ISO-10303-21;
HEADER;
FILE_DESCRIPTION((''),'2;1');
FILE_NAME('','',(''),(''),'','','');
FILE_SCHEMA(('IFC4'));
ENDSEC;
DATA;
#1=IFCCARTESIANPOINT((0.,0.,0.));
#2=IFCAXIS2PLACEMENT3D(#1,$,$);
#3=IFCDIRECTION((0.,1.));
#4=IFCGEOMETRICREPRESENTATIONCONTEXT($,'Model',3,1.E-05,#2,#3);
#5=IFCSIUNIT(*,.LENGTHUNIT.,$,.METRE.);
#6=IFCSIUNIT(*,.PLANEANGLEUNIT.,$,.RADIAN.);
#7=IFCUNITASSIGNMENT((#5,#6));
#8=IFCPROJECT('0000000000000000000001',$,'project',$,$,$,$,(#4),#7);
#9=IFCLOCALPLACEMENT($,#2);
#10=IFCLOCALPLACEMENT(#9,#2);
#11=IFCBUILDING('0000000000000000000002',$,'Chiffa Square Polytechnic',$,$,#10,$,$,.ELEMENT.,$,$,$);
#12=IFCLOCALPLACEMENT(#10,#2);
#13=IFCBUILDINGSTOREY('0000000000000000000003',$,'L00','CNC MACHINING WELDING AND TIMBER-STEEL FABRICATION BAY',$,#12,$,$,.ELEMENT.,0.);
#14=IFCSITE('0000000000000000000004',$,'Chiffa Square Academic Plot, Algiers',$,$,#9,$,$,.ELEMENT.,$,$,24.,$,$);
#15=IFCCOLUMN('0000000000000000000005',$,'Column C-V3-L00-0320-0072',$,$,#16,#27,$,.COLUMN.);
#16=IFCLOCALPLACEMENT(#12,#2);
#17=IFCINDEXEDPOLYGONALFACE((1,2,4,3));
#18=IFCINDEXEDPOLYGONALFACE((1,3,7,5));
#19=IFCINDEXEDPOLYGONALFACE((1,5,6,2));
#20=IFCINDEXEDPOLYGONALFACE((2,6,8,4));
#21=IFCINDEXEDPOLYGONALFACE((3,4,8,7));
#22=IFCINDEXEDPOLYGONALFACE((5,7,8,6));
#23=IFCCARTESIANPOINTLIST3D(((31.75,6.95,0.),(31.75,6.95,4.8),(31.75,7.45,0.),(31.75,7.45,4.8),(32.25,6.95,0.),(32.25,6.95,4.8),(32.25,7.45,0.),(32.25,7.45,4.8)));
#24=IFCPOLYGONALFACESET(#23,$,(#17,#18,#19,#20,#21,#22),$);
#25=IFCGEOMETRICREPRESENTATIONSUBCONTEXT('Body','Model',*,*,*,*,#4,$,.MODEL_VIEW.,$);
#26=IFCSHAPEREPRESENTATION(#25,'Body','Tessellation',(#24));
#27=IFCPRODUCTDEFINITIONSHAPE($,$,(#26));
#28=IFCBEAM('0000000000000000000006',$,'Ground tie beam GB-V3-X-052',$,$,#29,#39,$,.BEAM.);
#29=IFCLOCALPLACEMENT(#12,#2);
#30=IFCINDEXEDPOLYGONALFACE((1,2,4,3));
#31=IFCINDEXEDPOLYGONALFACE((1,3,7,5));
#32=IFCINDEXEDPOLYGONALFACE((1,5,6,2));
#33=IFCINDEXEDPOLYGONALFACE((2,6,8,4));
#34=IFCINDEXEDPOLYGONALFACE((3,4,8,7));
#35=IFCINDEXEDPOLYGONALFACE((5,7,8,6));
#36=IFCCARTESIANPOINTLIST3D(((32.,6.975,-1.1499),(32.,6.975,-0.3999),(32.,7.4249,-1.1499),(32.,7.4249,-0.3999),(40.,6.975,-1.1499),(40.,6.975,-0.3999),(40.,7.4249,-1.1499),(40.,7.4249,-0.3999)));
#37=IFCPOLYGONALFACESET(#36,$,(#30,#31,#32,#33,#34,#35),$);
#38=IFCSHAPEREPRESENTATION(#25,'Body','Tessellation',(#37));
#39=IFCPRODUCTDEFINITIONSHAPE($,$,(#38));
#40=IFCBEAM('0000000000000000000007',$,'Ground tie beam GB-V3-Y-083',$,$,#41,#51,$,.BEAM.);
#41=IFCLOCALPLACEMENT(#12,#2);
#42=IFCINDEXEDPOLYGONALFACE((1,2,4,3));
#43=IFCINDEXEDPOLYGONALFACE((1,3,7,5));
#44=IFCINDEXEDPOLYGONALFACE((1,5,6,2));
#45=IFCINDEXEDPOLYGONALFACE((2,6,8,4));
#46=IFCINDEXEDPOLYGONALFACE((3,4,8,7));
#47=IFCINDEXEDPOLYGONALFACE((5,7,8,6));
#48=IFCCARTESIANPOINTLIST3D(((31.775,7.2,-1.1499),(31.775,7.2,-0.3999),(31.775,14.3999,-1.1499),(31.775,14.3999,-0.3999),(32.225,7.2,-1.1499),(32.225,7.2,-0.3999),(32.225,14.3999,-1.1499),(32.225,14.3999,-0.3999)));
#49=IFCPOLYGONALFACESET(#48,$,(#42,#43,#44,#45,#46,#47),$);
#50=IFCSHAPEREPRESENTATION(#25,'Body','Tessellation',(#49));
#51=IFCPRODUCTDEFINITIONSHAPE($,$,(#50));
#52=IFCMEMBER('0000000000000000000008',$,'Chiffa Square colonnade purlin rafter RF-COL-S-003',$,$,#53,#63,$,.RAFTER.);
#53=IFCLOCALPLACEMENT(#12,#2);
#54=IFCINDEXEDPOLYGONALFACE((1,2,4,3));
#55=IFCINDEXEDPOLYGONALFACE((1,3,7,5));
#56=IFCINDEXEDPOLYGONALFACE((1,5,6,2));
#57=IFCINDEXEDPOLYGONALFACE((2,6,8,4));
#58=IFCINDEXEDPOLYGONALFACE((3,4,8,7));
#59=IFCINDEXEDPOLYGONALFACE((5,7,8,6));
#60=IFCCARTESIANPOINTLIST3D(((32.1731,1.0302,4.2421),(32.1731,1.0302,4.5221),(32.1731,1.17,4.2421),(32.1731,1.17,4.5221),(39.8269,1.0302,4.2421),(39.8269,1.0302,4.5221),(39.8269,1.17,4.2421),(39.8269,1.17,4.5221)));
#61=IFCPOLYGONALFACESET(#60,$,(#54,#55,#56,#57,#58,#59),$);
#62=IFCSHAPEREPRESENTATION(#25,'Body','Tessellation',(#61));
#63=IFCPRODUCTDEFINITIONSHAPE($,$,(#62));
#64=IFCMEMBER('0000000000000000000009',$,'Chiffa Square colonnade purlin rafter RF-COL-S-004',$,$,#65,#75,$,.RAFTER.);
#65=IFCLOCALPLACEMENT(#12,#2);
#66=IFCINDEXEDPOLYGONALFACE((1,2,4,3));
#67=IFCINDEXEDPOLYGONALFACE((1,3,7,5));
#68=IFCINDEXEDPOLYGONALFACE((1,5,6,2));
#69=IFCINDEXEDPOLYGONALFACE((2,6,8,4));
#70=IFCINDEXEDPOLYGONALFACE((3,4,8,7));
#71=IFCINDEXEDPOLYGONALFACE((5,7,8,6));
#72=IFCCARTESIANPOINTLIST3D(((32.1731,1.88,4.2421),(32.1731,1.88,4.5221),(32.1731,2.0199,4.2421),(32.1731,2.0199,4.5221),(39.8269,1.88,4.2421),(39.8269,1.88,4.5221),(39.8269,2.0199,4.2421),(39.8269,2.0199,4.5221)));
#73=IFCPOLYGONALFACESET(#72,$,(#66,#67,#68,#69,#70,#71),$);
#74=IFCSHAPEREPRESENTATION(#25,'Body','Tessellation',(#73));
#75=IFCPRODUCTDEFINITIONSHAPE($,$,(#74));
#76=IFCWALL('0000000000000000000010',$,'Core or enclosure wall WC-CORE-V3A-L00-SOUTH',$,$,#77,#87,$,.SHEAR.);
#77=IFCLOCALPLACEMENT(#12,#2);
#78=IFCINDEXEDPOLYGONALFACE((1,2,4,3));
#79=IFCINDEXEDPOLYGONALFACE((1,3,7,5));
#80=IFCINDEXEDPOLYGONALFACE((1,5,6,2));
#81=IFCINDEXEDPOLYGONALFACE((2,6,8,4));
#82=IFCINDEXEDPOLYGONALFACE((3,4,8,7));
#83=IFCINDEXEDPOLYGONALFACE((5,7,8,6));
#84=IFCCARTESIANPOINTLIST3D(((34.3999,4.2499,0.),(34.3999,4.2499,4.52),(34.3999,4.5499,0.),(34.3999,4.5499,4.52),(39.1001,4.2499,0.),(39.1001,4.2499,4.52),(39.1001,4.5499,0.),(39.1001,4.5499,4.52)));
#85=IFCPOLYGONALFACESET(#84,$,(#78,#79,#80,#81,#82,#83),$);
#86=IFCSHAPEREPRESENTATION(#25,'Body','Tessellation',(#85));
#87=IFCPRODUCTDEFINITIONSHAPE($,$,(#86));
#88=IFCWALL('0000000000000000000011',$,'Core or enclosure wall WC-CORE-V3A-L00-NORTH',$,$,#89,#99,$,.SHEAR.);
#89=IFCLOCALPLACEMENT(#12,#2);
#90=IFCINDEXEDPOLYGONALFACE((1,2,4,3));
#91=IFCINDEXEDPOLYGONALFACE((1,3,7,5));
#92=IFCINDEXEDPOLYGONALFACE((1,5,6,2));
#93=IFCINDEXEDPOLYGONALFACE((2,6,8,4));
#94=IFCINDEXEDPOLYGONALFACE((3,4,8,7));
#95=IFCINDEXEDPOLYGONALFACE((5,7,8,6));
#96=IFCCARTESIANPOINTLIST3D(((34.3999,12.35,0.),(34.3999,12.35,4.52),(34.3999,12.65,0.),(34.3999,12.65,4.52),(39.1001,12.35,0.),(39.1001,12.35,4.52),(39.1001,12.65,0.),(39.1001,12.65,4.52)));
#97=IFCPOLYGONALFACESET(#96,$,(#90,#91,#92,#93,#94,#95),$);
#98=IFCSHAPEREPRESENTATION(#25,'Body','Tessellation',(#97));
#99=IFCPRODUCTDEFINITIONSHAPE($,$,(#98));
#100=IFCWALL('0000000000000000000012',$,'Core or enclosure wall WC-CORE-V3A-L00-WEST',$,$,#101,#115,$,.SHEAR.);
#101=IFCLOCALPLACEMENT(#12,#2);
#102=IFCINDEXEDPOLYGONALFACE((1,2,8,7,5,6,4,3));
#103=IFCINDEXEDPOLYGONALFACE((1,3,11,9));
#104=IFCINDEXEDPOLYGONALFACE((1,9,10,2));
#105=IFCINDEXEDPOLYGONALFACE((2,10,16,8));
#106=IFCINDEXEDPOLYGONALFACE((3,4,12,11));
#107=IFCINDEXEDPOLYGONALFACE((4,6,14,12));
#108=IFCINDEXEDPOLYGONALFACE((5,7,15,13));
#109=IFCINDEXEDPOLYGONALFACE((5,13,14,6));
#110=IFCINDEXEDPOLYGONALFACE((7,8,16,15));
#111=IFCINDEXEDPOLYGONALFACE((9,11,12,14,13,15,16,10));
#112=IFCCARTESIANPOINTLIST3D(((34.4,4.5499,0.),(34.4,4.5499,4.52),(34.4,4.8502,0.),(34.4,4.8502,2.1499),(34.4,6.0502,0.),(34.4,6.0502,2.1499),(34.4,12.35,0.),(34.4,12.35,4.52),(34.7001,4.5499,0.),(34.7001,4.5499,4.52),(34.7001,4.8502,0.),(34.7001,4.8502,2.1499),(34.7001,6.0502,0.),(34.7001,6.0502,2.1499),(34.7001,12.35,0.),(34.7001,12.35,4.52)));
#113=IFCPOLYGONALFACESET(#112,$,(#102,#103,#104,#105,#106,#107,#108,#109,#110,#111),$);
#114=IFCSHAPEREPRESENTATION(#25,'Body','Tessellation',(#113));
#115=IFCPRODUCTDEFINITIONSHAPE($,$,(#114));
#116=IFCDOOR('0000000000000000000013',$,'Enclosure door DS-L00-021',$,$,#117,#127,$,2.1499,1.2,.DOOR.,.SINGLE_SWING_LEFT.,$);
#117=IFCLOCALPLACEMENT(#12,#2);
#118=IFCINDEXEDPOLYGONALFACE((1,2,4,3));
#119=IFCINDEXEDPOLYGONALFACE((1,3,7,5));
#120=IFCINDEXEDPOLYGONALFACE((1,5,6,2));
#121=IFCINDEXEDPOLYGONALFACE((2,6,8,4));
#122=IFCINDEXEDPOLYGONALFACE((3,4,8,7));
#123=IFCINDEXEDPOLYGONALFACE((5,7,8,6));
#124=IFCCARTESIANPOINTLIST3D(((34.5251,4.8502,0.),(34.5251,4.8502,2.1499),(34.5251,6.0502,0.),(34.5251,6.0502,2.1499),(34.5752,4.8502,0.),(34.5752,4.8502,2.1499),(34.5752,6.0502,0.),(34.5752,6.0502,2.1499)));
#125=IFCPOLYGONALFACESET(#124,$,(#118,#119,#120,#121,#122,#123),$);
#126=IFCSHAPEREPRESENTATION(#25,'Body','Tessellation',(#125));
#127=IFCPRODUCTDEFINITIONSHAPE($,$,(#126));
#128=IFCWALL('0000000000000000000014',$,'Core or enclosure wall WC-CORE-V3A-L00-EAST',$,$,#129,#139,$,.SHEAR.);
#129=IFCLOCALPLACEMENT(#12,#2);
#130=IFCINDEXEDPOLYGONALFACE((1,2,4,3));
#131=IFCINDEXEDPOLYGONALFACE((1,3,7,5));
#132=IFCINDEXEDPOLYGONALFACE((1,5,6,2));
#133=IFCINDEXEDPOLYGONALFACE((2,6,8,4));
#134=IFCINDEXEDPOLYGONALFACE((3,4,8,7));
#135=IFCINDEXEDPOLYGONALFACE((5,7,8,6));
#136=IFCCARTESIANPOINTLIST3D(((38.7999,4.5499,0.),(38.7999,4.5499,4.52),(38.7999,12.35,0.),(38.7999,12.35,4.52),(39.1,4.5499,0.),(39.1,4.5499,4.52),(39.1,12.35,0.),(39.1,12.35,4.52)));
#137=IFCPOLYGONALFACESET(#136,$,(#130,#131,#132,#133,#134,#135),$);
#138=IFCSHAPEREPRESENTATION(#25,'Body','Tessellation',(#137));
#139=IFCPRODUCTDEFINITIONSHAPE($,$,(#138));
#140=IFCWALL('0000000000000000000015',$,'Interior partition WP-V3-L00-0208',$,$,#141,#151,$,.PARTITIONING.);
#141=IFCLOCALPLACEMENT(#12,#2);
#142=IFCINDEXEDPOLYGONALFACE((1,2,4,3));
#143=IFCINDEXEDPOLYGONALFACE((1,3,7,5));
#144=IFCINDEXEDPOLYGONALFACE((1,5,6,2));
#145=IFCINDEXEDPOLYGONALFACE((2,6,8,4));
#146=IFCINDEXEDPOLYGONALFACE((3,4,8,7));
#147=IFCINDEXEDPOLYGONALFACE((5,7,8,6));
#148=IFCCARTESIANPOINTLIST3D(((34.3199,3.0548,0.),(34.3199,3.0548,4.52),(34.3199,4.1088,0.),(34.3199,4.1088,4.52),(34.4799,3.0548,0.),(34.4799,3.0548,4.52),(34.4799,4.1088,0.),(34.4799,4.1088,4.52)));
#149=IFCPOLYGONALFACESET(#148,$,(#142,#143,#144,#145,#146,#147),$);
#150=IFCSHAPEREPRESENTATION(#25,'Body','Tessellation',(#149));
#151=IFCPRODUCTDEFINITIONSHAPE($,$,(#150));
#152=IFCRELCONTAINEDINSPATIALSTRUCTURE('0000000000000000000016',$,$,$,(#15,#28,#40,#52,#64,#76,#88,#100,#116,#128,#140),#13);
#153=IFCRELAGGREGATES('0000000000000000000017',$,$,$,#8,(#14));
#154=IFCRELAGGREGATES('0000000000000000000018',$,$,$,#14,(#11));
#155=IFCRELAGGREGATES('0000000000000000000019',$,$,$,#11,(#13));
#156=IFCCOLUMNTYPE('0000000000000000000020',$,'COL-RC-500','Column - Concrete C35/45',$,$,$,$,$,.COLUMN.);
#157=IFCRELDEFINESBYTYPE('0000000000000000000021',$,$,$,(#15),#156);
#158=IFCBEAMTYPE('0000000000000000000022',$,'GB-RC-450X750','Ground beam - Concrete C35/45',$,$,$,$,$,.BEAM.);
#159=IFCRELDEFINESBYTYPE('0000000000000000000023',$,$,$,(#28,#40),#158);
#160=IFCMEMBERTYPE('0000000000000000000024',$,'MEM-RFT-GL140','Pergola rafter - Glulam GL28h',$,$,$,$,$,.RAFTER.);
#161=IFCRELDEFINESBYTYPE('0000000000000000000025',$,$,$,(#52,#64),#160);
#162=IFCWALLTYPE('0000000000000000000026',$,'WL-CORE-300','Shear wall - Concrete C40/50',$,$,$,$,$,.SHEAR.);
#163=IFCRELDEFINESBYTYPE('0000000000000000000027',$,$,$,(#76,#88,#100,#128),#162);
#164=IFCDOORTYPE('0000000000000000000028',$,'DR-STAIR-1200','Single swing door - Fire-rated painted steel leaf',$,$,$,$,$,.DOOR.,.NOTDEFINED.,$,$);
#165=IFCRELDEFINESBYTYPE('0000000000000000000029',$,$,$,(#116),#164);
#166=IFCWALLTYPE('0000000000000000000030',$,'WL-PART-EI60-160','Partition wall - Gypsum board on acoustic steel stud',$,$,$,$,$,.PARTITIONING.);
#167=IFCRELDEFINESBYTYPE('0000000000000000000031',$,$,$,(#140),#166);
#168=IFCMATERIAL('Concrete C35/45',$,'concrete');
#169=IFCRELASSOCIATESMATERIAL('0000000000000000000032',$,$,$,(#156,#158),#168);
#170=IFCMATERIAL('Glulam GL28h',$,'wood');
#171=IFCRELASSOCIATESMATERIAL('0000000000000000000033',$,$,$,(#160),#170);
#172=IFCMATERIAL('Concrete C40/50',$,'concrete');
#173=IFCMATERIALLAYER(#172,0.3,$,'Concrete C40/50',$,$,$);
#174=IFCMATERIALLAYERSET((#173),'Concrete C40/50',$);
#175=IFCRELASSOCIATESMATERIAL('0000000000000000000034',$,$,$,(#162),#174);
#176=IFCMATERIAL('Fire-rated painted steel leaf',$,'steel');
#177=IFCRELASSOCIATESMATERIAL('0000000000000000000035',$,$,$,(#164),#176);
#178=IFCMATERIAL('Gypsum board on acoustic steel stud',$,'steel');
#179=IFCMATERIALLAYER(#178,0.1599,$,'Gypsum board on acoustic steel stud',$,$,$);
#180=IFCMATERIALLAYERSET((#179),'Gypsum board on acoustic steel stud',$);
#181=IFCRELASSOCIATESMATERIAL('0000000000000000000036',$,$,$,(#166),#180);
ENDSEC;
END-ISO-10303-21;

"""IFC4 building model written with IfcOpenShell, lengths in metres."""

from ifc_helpers import new_model, si_unit, direction, frame, frame_2d, origin, origin_2d, place, context, subcontext, project, spatial, rectangle, extrude, material, layer, layer_set, material_profile, profile_set, type_object, element, fill, save


model = new_model("IFC4")

# Units and contexts
model_context = context("Model", 3, precision=1e-05, world=origin(), true_north=direction((0.0, 1.0)))
body_context = subcontext(model_context, "Body", "Model", "MODEL_VIEW")
ifc_project = project(units=[si_unit("LENGTHUNIT", "METRE"), si_unit("PLANEANGLEUNIT", "RADIAN")], contexts=[model_context])

# Site, building, storey
site_placement = place(None, origin())
site = spatial("IfcSite", under=ifc_project, at=site_placement, Name="Chiffa Square Academic Plot, Algiers", CompositionType="ELEMENT", RefElevation=24.0)
building_placement = place(site_placement, origin())
building = spatial("IfcBuilding", under=site, at=building_placement, Name="Chiffa Square Polytechnic", CompositionType="ELEMENT")
storey_placement = place(building_placement, origin())
storey = spatial("IfcBuildingStorey", under=building, at=storey_placement, Name="L00", Description="CNC MACHINING WELDING AND TIMBER-STEEL FABRICATION BAY", CompositionType="ELEMENT", Elevation=0.0)

# Column
ifc_material_1 = material(Name="Concrete C35/45", Category="concrete")
ifc_material_profile_1 = material_profile(ifc_material_1, rectangle(XDim=0.5, YDim=0.5, at=origin_2d()), Name="RC 500x500")
ifc_profile_set_1 = profile_set([ifc_material_profile_1], Name="Concrete C35/45")
column_type = type_object("IfcColumnType", Name="COL-RC-500", Description="Column - Concrete C35/45", PredefinedType="COLUMN", material=ifc_profile_set_1)
column_placement = place(storey_placement, frame((32.0, 7.2, 0.0), z_axis=(0.0, 0.0, 1.0), x_axis=(1.0, 0.0, 0.0)))
element("IfcColumn", 1, at=column_placement, inside=storey, type_object=column_type, Name="Column C-V3-L00-0320-0072", PredefinedType="COLUMN", context=body_context, shape_type="SweptSolid", body=[
    extrude(rectangle(XDim=0.5, YDim=0.5, at=origin_2d()), origin(), (0.0, 0.0, 1.0), 4.8),
])

# Beams
ifc_material_profile_2 = material_profile(ifc_material_1, rectangle(XDim=0.45, YDim=0.75, at=origin_2d()), Name="RC 450x750")
ifc_profile_set_2 = profile_set([ifc_material_profile_2], Name="Concrete C35/45")
beam_type = type_object("IfcBeamType", Name="GB-RC-450X750", Description="Ground beam - Concrete C35/45", PredefinedType="BEAM", material=ifc_profile_set_2)
beam_1_placement = place(storey_placement, frame((32.0, 7.2, -0.7749), z_axis=(1.0, 0.0, 0.0), x_axis=(0.0, 1.0, 0.0)))
element("IfcBeam", 2, at=beam_1_placement, inside=storey, type_object=beam_type, Name="Ground tie beam GB-V3-X-052", PredefinedType="BEAM", context=body_context, shape_type="SweptSolid", body=[
    extrude(rectangle(XDim=0.45, YDim=0.75, at=origin_2d()), origin(), (0.0, 0.0, 1.0), 8.0),
])
beam_2_placement = place(storey_placement, frame((32.0, 7.2, -0.7749), z_axis=(0.0, 1.0, 0.0), x_axis=(-1.0, 0.0, 0.0)))
element("IfcBeam", 3, at=beam_2_placement, inside=storey, type_object=beam_type, Name="Ground tie beam GB-V3-Y-083", PredefinedType="BEAM", context=body_context, shape_type="SweptSolid", body=[
    extrude(rectangle(XDim=0.45, YDim=0.75, at=origin_2d()), origin(), (0.0, 0.0, 1.0), 7.2),
])

# Members
ifc_material_2 = material(Name="Glulam GL28h", Category="wood")
ifc_material_profile_3 = material_profile(ifc_material_2, rectangle(XDim=0.1399, YDim=0.28, at=origin_2d()), Name="GL28h 140x280")
ifc_profile_set_3 = profile_set([ifc_material_profile_3], Name="Glulam GL28h")
member_type = type_object("IfcMemberType", Name="MEM-RFT-GL140", Description="Pergola rafter - Glulam GL28h", PredefinedType="RAFTER", material=ifc_profile_set_3)
for number, where, z_axis, x_axis, name in (
    (4, (32.1731, 1.1001, 4.3821), (1.0, 0.0, 0.0), (0.0, 1.0, 0.0), "Chiffa Square colonnade purlin rafter RF-COL-S-003"),
    (5, (32.1731, 1.95, 4.3821), (1.0, 0.0, 0.0), (0.0, 1.0, 0.0), "Chiffa Square colonnade purlin rafter RF-COL-S-004"),
):
    element("IfcMember", number, at=place(storey_placement, frame(where, z_axis=z_axis, x_axis=x_axis)), inside=storey, type_object=member_type, Name=name, PredefinedType="RAFTER", context=body_context, shape_type="SweptSolid", body=[
        extrude(rectangle(XDim=0.1399, YDim=0.28, at=origin_2d()), origin(), (0.0, 0.0, 1.0), 7.6538),
    ])

# Walls
ifc_material_3 = material(Name="Concrete C40/50", Category="concrete")
ifc_layer_1 = layer(ifc_material_3, 0.3, Name="Concrete C40/50")
ifc_layer_set_1 = layer_set([ifc_layer_1], Name="Concrete C40/50")
wall_type_1 = type_object("IfcWallType", Name="WL-CORE-300", Description="Shear wall - Concrete C40/50", PredefinedType="SHEAR", material=ifc_layer_set_1)
for number, where, z_axis, x_axis, name in (
    (6, (34.3999, 4.3999, 0.0), (0.0, 0.0, 1.0), (1.0, 0.0, 0.0), "Core or enclosure wall WC-CORE-V3A-L00-SOUTH"),
    (7, (34.3999, 12.5, 0.0), (0.0, 0.0, 1.0), (1.0, 0.0, 0.0), "Core or enclosure wall WC-CORE-V3A-L00-NORTH"),
):
    element("IfcWall", number, at=place(storey_placement, frame(where, z_axis=z_axis, x_axis=x_axis)), inside=storey, type_object=wall_type_1, Name=name, PredefinedType="SHEAR", context=body_context, shape_type="SweptSolid", body=[
        extrude(rectangle(XDim=4.7002, YDim=0.3, at=frame_2d((2.3501, 0.0))), origin(), (0.0, 0.0, 1.0), 4.52),
    ])

# Wall, opening, door
wall_1_placement = place(storey_placement, frame((34.55, 4.55, 0.0), z_axis=(0.0, 0.0, 1.0), x_axis=(0.0, 1.0, 0.0)))
wall_1 = element("IfcWall", 8, at=wall_1_placement, inside=storey, type_object=wall_type_1, Name="Core or enclosure wall WC-CORE-V3A-L00-WEST", PredefinedType="SHEAR", context=body_context, shape_type="SweptSolid", body=[
    extrude(rectangle(XDim=7.8, YDim=0.3, at=frame_2d((3.8999, 0.0))), origin(), (0.0, 0.0, 1.0), 4.52),
])
opening_placement = place(wall_1_placement, frame((0.3, 0.0, 0.0)))
opening = element("IfcOpeningElement", 9, at=opening_placement, cuts=wall_1, PredefinedType="OPENING", context=body_context, shape_type="SweptSolid", body=[
    extrude(rectangle(XDim=1.2, YDim=2.1499, at=frame_2d((0.6001, 1.075))), frame((0.0, 0.1602, 0.0), z_axis=(0.0, -1.0, 0.0), x_axis=(1.0, 0.0, 0.0)), (0.0, 0.0, 1.0), 0.3201),
])
ifc_material_4 = material(Name="Fire-rated painted steel leaf", Category="steel")
door_type = type_object("IfcDoorType", Name="DR-STAIR-1200", Description="Single swing door - Fire-rated painted steel leaf", OperationType="NOTDEFINED", PredefinedType="DOOR", material=ifc_material_4)
door_placement = place(opening_placement, origin())
door = element("IfcDoor", 10, at=door_placement, inside=storey, type_object=door_type, Name="Enclosure door DS-L00-021", OperationType="SINGLE_SWING_LEFT", OverallHeight=2.1499, OverallWidth=1.2, PredefinedType="DOOR", context=body_context, shape_type="SweptSolid", body=[
    extrude(rectangle(XDim=1.2, YDim=2.1499, at=frame_2d((0.6001, 1.075))), frame((0.0, 0.0249, 0.0), z_axis=(0.0, -1.0, 0.0), x_axis=(1.0, 0.0, 0.0)), (0.0, 0.0, 1.0), 0.05),
])
fill(opening, door)

# Walls
wall_2_placement = place(storey_placement, frame((38.95, 4.55, 0.0), z_axis=(0.0, 0.0, 1.0), x_axis=(0.0, 1.0, 0.0)))
element("IfcWall", 11, at=wall_2_placement, inside=storey, type_object=wall_type_1, Name="Core or enclosure wall WC-CORE-V3A-L00-EAST", PredefinedType="SHEAR", context=body_context, shape_type="SweptSolid", body=[
    extrude(rectangle(XDim=7.8, YDim=0.3, at=frame_2d((3.8999, 0.0))), origin(), (0.0, 0.0, 1.0), 4.52),
])
ifc_material_5 = material(Name="Gypsum board on acoustic steel stud", Category="steel")
ifc_layer_2 = layer(ifc_material_5, 0.1599, Name="Gypsum board on acoustic steel stud")
ifc_layer_set_2 = layer_set([ifc_layer_2], Name="Gypsum board on acoustic steel stud")
wall_type_2 = type_object("IfcWallType", Name="WL-PART-EI60-160", Description="Partition wall - Gypsum board on acoustic steel stud", PredefinedType="PARTITIONING", material=ifc_layer_set_2)
wall_3_placement = place(storey_placement, frame((34.3999, 3.0549, 0.0), z_axis=(0.0, 0.0, 1.0), x_axis=(0.0, 1.0, 0.0)))
element("IfcWall", 12, at=wall_3_placement, inside=storey, type_object=wall_type_2, Name="Interior partition WP-V3-L00-0208", PredefinedType="PARTITIONING", context=body_context, shape_type="SweptSolid", body=[
    extrude(rectangle(XDim=1.054, YDim=0.1599, at=frame_2d((0.5269, 0.0))), origin(), (0.0, 0.0, 1.0), 4.52),
])

save(model, "model.ifc")
